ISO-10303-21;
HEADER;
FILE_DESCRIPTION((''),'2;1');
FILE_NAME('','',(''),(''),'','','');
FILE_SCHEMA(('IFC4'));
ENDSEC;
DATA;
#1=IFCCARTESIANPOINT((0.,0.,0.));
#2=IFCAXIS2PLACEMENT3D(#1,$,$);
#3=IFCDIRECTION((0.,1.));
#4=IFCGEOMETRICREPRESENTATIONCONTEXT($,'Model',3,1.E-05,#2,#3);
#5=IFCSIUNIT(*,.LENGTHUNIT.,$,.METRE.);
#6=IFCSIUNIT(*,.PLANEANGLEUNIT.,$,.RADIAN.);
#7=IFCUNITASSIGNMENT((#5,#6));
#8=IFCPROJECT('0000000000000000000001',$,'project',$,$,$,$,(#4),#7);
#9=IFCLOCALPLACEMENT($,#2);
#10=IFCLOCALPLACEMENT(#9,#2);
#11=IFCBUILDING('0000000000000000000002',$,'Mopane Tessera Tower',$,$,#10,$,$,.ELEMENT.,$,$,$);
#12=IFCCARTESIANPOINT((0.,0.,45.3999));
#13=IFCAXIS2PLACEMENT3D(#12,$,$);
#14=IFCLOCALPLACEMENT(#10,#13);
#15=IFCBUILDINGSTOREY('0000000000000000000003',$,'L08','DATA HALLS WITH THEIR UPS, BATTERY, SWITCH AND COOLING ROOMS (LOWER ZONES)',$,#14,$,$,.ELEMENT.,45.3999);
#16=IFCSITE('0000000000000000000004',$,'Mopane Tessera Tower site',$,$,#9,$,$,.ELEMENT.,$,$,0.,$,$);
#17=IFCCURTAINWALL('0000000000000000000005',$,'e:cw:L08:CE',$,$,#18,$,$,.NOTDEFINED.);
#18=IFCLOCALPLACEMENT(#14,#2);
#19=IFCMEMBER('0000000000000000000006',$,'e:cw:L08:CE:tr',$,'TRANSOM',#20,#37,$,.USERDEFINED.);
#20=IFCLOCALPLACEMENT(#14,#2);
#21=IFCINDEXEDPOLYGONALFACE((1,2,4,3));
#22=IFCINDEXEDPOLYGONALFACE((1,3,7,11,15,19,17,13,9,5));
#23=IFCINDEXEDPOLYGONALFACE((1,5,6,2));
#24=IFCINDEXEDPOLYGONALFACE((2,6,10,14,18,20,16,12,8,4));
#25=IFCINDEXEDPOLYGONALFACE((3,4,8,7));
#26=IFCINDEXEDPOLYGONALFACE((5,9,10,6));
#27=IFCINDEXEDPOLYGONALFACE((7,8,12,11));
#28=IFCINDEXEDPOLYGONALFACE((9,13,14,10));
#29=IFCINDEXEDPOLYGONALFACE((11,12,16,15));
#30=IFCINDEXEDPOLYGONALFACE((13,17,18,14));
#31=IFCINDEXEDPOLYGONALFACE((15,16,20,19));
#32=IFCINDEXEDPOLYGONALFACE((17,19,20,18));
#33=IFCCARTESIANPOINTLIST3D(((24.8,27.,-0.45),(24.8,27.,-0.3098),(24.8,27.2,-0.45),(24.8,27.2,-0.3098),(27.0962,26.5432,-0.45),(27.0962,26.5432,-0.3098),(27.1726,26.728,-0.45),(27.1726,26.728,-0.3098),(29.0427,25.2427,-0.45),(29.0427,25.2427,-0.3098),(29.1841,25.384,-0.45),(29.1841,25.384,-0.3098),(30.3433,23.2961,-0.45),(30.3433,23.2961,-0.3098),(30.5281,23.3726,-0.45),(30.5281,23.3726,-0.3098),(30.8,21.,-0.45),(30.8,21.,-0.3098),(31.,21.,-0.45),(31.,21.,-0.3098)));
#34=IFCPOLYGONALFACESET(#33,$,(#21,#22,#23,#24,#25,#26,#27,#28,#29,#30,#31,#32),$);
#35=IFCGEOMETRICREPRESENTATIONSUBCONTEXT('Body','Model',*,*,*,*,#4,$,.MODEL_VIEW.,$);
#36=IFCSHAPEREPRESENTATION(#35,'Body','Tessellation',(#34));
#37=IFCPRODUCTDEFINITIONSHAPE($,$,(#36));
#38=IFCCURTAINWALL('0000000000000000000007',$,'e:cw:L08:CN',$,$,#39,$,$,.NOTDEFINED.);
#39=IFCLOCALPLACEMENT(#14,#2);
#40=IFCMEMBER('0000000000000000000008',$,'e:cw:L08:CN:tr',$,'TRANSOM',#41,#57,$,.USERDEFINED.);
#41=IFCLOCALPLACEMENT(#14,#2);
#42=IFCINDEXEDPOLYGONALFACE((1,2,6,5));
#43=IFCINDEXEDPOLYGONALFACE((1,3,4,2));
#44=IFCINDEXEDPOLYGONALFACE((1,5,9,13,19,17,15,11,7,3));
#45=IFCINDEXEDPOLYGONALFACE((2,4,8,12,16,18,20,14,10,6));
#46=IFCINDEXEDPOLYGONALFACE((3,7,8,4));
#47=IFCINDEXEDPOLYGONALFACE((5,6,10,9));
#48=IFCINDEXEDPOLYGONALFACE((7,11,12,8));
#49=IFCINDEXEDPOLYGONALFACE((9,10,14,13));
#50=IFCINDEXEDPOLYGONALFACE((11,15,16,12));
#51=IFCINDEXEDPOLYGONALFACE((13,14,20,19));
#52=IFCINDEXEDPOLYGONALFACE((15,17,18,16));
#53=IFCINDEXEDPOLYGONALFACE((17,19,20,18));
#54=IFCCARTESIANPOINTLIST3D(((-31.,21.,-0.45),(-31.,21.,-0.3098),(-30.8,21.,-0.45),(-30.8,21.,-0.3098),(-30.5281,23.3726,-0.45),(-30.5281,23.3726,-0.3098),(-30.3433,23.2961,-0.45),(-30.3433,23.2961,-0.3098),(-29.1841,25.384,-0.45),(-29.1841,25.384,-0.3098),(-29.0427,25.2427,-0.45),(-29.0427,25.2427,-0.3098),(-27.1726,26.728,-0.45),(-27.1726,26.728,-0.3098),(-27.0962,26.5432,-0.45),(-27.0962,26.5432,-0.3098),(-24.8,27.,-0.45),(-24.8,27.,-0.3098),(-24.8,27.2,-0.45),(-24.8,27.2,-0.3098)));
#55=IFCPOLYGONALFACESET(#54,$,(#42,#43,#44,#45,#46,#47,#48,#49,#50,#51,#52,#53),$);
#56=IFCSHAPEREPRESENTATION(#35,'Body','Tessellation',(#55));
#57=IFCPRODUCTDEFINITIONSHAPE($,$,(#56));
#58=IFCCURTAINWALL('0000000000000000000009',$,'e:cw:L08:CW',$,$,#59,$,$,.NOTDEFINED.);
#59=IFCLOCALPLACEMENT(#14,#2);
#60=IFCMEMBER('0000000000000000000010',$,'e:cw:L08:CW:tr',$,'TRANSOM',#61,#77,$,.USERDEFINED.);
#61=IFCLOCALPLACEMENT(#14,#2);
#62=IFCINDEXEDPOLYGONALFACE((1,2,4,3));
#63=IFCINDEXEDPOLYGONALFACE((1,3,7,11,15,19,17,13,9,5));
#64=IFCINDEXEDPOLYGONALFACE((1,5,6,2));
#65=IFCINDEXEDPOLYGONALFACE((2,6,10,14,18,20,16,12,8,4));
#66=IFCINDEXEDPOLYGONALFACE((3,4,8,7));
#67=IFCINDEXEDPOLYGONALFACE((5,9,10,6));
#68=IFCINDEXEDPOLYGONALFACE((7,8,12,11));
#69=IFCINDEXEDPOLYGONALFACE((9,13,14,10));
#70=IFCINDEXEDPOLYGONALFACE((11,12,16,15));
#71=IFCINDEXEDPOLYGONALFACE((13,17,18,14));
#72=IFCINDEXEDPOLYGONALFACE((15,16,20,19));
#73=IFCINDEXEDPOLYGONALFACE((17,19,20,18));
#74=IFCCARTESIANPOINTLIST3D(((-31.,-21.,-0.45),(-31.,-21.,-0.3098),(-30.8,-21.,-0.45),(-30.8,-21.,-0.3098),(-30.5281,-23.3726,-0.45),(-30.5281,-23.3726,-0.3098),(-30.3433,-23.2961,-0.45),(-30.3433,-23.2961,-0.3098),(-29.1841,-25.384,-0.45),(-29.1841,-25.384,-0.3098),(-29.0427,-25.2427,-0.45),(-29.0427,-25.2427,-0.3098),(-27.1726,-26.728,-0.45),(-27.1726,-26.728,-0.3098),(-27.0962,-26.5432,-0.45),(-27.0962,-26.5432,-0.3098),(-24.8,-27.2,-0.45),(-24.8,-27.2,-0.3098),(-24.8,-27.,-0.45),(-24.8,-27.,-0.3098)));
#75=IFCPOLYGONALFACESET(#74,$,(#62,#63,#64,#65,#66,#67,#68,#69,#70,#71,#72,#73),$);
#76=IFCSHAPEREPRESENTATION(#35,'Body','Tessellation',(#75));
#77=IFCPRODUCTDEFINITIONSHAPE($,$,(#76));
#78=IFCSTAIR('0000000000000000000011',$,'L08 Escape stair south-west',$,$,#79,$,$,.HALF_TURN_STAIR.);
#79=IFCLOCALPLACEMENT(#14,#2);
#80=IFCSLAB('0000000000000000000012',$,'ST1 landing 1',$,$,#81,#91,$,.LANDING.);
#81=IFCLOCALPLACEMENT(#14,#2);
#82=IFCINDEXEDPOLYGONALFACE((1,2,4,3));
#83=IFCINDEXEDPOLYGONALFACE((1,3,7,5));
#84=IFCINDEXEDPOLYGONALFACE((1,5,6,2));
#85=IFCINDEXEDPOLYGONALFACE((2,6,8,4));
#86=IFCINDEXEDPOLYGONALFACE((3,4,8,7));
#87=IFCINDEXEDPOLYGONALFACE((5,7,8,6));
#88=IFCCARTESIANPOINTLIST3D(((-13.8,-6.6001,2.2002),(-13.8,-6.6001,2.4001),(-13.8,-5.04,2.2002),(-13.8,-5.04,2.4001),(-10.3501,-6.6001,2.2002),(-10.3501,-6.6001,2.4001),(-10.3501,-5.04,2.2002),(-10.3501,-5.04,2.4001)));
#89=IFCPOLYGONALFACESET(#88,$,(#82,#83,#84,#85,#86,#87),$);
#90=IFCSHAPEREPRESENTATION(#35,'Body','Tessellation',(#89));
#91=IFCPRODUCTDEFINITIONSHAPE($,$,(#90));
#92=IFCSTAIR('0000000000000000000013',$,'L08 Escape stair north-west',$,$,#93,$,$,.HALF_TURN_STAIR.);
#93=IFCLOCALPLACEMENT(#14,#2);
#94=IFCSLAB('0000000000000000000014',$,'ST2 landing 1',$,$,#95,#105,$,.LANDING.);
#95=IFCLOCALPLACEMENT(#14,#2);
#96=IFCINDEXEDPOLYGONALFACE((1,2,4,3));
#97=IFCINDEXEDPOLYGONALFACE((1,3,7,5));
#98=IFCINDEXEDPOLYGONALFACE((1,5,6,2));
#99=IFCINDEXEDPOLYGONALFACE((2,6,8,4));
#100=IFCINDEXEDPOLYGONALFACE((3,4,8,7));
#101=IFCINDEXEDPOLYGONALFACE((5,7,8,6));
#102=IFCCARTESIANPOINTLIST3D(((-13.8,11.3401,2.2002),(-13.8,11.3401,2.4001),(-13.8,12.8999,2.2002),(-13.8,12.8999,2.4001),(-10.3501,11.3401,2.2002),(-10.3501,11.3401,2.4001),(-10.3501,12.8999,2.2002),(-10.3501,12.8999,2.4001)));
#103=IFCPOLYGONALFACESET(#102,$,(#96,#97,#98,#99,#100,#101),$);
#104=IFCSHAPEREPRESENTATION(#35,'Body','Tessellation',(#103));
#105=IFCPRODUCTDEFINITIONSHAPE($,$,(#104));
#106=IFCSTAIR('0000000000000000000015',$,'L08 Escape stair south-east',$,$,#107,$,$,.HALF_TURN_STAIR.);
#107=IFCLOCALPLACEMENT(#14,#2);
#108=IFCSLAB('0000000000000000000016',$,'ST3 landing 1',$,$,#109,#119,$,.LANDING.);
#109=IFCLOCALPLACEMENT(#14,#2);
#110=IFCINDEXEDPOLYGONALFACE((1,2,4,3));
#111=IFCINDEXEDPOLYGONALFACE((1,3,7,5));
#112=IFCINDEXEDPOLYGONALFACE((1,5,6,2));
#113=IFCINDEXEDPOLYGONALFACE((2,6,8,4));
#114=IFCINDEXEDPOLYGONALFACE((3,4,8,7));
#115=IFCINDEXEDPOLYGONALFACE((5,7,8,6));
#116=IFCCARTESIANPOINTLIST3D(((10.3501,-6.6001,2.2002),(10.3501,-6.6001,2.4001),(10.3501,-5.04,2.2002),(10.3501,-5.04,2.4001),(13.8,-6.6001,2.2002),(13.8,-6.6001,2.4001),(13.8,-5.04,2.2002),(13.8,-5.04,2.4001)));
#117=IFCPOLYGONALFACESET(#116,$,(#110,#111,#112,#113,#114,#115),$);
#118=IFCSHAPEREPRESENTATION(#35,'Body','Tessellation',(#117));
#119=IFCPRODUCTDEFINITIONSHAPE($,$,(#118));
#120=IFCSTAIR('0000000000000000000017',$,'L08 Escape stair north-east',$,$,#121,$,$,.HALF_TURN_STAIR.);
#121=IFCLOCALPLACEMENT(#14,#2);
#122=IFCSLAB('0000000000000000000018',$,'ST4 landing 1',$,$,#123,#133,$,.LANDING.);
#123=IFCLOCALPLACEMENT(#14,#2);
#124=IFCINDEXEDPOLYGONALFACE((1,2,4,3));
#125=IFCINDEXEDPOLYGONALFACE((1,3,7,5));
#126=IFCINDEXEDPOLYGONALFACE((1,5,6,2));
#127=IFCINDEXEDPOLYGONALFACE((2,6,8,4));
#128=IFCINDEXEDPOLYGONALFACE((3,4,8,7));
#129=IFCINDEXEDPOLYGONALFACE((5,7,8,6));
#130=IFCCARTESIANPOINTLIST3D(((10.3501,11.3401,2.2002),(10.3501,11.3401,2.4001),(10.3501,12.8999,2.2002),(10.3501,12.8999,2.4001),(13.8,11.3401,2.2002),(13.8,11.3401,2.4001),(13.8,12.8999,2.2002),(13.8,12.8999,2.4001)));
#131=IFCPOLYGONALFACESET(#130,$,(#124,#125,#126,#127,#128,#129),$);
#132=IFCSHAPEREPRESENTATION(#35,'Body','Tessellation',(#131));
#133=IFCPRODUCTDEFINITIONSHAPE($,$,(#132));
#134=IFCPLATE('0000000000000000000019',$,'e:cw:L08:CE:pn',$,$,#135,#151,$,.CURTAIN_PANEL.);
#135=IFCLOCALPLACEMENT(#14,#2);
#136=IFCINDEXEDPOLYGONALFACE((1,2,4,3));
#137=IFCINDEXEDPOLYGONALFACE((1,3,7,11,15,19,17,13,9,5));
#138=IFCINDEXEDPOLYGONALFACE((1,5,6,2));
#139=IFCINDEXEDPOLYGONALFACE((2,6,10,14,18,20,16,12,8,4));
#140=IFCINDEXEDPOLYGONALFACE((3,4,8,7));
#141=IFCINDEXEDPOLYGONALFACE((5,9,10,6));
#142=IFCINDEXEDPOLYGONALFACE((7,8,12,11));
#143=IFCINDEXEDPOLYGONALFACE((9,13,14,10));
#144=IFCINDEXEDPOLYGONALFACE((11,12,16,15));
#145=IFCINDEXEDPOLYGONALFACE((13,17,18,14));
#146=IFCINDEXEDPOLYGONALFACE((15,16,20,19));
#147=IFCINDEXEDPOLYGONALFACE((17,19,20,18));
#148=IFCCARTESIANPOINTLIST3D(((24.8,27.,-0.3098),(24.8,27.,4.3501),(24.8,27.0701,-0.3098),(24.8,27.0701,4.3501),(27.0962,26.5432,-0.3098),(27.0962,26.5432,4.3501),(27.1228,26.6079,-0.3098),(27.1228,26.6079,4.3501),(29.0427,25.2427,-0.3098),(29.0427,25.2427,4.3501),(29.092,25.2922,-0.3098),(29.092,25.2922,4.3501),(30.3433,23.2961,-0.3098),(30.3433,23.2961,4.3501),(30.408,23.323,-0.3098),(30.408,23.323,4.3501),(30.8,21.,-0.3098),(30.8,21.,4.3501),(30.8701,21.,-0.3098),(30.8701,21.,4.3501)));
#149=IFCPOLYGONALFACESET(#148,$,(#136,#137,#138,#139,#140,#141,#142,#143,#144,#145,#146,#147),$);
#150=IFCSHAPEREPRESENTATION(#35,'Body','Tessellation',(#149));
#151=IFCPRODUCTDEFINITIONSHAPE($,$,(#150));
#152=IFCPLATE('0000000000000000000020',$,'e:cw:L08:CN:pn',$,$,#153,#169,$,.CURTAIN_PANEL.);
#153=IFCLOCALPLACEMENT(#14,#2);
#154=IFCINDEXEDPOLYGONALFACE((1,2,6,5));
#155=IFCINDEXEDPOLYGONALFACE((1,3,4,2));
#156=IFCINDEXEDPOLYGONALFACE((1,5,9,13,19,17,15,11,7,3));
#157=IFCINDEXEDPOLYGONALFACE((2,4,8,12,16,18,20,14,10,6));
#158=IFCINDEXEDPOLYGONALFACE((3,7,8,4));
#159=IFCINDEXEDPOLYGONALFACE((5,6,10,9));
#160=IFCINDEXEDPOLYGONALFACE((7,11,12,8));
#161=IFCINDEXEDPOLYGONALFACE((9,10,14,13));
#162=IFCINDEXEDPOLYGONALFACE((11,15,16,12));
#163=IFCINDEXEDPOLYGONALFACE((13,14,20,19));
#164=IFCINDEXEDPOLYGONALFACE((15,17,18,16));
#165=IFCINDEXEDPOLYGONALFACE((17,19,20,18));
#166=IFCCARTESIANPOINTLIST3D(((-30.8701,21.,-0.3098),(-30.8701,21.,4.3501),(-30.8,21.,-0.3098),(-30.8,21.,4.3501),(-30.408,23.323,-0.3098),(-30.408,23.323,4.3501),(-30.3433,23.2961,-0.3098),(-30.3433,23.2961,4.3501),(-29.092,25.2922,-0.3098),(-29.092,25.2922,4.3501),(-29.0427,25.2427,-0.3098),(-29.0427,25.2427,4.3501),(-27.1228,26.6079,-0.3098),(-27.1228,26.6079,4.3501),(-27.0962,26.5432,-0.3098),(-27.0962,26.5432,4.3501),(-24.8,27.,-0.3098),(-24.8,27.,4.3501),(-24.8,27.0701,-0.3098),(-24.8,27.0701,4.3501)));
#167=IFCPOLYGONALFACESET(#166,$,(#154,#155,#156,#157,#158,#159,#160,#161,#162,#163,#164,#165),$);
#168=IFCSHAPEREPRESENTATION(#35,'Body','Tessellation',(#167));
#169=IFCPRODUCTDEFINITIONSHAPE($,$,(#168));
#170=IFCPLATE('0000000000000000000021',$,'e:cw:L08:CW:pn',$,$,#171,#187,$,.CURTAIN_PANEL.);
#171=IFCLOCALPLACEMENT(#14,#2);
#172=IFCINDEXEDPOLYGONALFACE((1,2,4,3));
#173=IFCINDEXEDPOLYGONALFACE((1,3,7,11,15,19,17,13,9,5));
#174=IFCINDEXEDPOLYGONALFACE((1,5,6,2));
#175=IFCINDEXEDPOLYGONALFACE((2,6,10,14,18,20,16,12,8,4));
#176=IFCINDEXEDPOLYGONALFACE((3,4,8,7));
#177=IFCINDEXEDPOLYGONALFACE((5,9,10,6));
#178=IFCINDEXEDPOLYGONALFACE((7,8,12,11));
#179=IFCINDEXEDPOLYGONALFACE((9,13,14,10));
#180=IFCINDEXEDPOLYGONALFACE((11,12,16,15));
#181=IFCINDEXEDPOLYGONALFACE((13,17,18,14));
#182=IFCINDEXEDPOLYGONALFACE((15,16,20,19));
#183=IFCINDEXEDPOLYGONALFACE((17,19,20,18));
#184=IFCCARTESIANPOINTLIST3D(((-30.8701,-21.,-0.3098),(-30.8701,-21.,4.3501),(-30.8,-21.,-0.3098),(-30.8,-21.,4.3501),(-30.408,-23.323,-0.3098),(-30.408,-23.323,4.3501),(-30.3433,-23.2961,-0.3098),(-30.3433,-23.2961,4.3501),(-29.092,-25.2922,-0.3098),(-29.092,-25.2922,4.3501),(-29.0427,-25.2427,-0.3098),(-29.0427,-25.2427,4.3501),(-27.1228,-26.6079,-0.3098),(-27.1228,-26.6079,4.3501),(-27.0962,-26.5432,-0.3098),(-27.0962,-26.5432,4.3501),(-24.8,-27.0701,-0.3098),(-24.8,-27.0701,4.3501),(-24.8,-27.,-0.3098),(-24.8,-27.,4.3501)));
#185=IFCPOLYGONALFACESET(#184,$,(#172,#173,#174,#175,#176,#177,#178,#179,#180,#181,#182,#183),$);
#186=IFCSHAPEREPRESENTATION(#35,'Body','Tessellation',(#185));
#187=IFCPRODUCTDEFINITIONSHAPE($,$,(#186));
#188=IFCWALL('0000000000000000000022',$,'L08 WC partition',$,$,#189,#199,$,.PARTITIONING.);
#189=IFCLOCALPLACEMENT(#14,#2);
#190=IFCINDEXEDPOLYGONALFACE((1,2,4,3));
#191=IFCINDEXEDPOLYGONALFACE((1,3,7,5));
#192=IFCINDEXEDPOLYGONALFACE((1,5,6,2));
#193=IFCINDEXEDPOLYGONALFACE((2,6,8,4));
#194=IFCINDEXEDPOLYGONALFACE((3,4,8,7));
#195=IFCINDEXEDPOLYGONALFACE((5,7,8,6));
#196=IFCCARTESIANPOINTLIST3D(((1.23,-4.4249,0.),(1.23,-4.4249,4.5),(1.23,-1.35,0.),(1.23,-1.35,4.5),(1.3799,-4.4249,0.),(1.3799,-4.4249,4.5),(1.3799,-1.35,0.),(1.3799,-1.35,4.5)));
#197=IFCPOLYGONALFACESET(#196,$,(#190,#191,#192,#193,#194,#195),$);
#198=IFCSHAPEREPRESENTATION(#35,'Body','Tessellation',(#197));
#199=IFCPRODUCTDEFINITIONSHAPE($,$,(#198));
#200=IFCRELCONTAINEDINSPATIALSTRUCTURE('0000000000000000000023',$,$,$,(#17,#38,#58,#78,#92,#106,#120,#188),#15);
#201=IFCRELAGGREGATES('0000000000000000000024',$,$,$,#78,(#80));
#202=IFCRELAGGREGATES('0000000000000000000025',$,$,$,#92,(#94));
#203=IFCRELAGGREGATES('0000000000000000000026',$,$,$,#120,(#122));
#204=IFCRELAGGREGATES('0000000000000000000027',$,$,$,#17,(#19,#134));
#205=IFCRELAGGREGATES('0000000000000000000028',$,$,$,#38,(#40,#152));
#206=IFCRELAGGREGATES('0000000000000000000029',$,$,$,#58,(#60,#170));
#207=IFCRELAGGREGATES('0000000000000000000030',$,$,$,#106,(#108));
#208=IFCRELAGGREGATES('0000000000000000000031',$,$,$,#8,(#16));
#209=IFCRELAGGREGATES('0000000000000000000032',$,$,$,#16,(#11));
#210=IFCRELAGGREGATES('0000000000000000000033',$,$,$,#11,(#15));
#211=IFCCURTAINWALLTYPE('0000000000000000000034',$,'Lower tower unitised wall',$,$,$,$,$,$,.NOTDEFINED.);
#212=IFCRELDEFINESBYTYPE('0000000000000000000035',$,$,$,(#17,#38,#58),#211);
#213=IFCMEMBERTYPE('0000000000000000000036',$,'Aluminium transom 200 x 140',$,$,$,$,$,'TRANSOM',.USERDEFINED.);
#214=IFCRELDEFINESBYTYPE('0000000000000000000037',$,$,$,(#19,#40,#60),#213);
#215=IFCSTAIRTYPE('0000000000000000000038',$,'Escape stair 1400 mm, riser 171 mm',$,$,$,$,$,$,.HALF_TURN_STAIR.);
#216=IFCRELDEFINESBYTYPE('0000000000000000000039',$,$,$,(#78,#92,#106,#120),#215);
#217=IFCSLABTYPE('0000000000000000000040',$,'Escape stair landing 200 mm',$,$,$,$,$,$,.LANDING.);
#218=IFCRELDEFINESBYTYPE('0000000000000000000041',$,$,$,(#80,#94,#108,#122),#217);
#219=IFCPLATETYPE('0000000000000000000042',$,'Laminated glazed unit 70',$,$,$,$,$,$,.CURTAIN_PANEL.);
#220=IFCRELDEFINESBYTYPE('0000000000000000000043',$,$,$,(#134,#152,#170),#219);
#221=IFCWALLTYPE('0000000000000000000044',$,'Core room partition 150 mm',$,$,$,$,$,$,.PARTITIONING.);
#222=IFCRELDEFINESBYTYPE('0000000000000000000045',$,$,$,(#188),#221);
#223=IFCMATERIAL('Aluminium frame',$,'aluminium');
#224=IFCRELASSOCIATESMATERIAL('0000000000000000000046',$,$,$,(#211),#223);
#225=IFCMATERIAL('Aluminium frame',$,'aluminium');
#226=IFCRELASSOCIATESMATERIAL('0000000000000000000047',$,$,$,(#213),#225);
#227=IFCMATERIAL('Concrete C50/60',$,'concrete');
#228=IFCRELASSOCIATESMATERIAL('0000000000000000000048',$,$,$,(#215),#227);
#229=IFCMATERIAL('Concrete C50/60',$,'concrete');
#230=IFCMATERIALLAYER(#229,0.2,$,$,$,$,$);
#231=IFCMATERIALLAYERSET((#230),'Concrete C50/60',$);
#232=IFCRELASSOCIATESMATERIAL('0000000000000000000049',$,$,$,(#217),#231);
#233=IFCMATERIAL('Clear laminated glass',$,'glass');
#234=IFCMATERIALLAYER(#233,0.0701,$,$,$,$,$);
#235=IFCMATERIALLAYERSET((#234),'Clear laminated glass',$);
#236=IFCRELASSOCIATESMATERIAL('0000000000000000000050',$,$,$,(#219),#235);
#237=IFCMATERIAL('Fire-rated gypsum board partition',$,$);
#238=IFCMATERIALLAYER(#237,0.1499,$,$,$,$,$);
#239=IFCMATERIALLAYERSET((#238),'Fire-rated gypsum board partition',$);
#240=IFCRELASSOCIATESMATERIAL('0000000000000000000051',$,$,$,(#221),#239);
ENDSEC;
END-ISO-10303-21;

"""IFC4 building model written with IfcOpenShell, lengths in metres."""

from ifc_helpers import new_model, si_unit, direction, frame, frame_2d, origin, origin_2d, place, context, subcontext, project, spatial, polyline, rectangle, outline, extrude, material, layer, layer_set, material_profile, profile_set, type_object, element, aggregate, save


model = new_model("IFC4")

# Units and contexts
model_context = context("Model", 3, precision=1e-05, world=origin(), true_north=direction((0.0, 1.0)))
body_context = subcontext(model_context, "Body", "Model", "MODEL_VIEW")
ifc_project = project(units=[si_unit("LENGTHUNIT", "METRE"), si_unit("PLANEANGLEUNIT", "RADIAN")], contexts=[model_context])

# Site, building, storey
site_placement = place(None, origin())
site = spatial("IfcSite", under=ifc_project, at=site_placement, Name="Mopane Tessera Tower site", CompositionType="ELEMENT", RefElevation=0.0)
building_placement = place(site_placement, origin())
building = spatial("IfcBuilding", under=site, at=building_placement, Name="Mopane Tessera Tower", CompositionType="ELEMENT")
storey_placement = place(building_placement, frame((0.0, 0.0, 45.3999)))
storey = spatial("IfcBuildingStorey", under=building, at=storey_placement, Name="L08", Description="DATA HALLS WITH THEIR UPS, BATTERY, SWITCH AND COOLING ROOMS (LOWER ZONES)", CompositionType="ELEMENT", Elevation=45.3999)

# Curtain walls, members
ifc_material_1 = material(Name="Aluminium frame", Category="aluminium")
curtain_wall_type = type_object("IfcCurtainWallType", Name="Lower tower unitised wall", PredefinedType="NOTDEFINED", material=ifc_material_1)
curtain_wall_1_placement = place(storey_placement, origin())
curtain_wall_1 = element("IfcCurtainWall", 1, at=curtain_wall_1_placement, inside=storey, type_object=curtain_wall_type, Name="e:cw:L08:CE", PredefinedType="NOTDEFINED")
ifc_material_2 = material(Name="Aluminium frame", Category="aluminium")
ifc_material_profile = material_profile(ifc_material_2, rectangle(XDim=0.2, YDim=0.1399, at=origin_2d()))
ifc_profile_set = profile_set([ifc_material_profile], Name="Aluminium frame")
member_type = type_object("IfcMemberType", Name="Aluminium transom 200 x 140", ElementType="TRANSOM", PredefinedType="USERDEFINED", material=ifc_profile_set)
member_1_placement = place(storey_placement, frame((0.0, 0.0, -0.45)))
member_1 = element("IfcMember", 2, at=member_1_placement, type_object=member_type, Name="e:cw:L08:CE:tr", ObjectType="TRANSOM", PredefinedType="USERDEFINED", context=body_context, shape_type="SweptSolid", body=[
    extrude(outline(polyline([(30.8, 21.0), (30.3433, 23.2961), (29.0427, 25.2427), (27.0962, 26.5432), (24.8, 27.0), (24.8, 27.2), (27.1726, 26.728), (29.1841, 25.384), (30.5281, 23.3726), (31.0, 21.0), (30.8, 21.0)])), origin(), (0.0, 0.0, 1.0), 0.1401),
])
curtain_wall_2_placement = place(storey_placement, origin())
curtain_wall_2 = element("IfcCurtainWall", 3, at=curtain_wall_2_placement, inside=storey, type_object=curtain_wall_type, Name="e:cw:L08:CN", PredefinedType="NOTDEFINED")
member_2_placement = place(storey_placement, frame((0.0, 0.0, -0.45)))
member_2 = element("IfcMember", 4, at=member_2_placement, type_object=member_type, Name="e:cw:L08:CN:tr", ObjectType="TRANSOM", PredefinedType="USERDEFINED", context=body_context, shape_type="SweptSolid", body=[
    extrude(outline(polyline([(-24.8, 27.0), (-27.0962, 26.5432), (-29.0427, 25.2427), (-30.3433, 23.2961), (-30.8, 21.0), (-31.0, 21.0), (-30.5281, 23.3726), (-29.1841, 25.384), (-27.1726, 26.728), (-24.8, 27.2), (-24.8, 27.0)])), origin(), (0.0, 0.0, 1.0), 0.1401),
])
curtain_wall_3_placement = place(storey_placement, origin())
curtain_wall_3 = element("IfcCurtainWall", 5, at=curtain_wall_3_placement, inside=storey, type_object=curtain_wall_type, Name="e:cw:L08:CW", PredefinedType="NOTDEFINED")
member_3_placement = place(storey_placement, frame((0.0, 0.0, -0.45)))
member_3 = element("IfcMember", 6, at=member_3_placement, type_object=member_type, Name="e:cw:L08:CW:tr", ObjectType="TRANSOM", PredefinedType="USERDEFINED", context=body_context, shape_type="SweptSolid", body=[
    extrude(outline(polyline([(-30.8, -21.0), (-30.3433, -23.2961), (-29.0427, -25.2427), (-27.0962, -26.5432), (-24.8, -27.0), (-24.8, -27.2), (-27.1726, -26.728), (-29.1841, -25.384), (-30.5281, -23.3726), (-31.0, -21.0), (-30.8, -21.0)])), origin(), (0.0, 0.0, 1.0), 0.1401),
])

# Stairs, slabs
ifc_material_3 = material(Name="Concrete C50/60", Category="concrete")
stair_type = type_object("IfcStairType", Name="Escape stair 1400 mm, riser 171 mm", PredefinedType="HALF_TURN_STAIR", material=ifc_material_3)
stair_1_placement = place(storey_placement, origin())
stair_1 = element("IfcStair", 7, at=stair_1_placement, inside=storey, type_object=stair_type, Name="L08 Escape stair south-west", PredefinedType="HALF_TURN_STAIR")
ifc_material_4 = material(Name="Concrete C50/60", Category="concrete")
ifc_layer_1 = layer(ifc_material_4, 0.2)
ifc_layer_set_1 = layer_set([ifc_layer_1], Name="Concrete C50/60")
slab_type = type_object("IfcSlabType", Name="Escape stair landing 200 mm", PredefinedType="LANDING", material=ifc_layer_set_1)
slab_1_placement = place(storey_placement, frame((0.0, 0.0, 2.2002)))
slab_1 = element("IfcSlab", 8, at=slab_1_placement, type_object=slab_type, Name="ST1 landing 1", PredefinedType="LANDING", context=body_context, shape_type="SweptSolid", body=[
    extrude(outline(polyline([(-13.8, -5.04), (-13.8, -6.6001), (-10.3501, -6.6001), (-10.3501, -5.04), (-13.8, -5.04)])), origin(), (0.0, 0.0, 1.0), 0.2),
])
aggregate(stair_1, [slab_1])
stair_2_placement = place(storey_placement, origin())
stair_2 = element("IfcStair", 9, at=stair_2_placement, inside=storey, type_object=stair_type, Name="L08 Escape stair north-west", PredefinedType="HALF_TURN_STAIR")
slab_2_placement = place(storey_placement, frame((0.0, 0.0, 2.2002)))
slab_2 = element("IfcSlab", 10, at=slab_2_placement, type_object=slab_type, Name="ST2 landing 1", PredefinedType="LANDING", context=body_context, shape_type="SweptSolid", body=[
    extrude(outline(polyline([(-10.3501, 11.3401), (-10.3501, 12.8999), (-13.8, 12.8999), (-13.8, 11.3401), (-10.3501, 11.3401)])), origin(), (0.0, 0.0, 1.0), 0.2),
])
aggregate(stair_2, [slab_2])
stair_3_placement = place(storey_placement, origin())
stair_3 = element("IfcStair", 11, at=stair_3_placement, inside=storey, type_object=stair_type, Name="L08 Escape stair south-east", PredefinedType="HALF_TURN_STAIR")
slab_3_placement = place(storey_placement, frame((0.0, 0.0, 2.2002)))
slab_3 = element("IfcSlab", 12, at=slab_3_placement, type_object=slab_type, Name="ST3 landing 1", PredefinedType="LANDING", context=body_context, shape_type="SweptSolid", body=[
    extrude(outline(polyline([(10.3501, -5.04), (10.3501, -6.6001), (13.8, -6.6001), (13.8, -5.04), (10.3501, -5.04)])), origin(), (0.0, 0.0, 1.0), 0.2),
])
stair_4_placement = place(storey_placement, origin())
stair_4 = element("IfcStair", 13, at=stair_4_placement, inside=storey, type_object=stair_type, Name="L08 Escape stair north-east", PredefinedType="HALF_TURN_STAIR")
slab_4_placement = place(storey_placement, frame((0.0, 0.0, 2.2002)))
slab_4 = element("IfcSlab", 14, at=slab_4_placement, type_object=slab_type, Name="ST4 landing 1", PredefinedType="LANDING", context=body_context, shape_type="SweptSolid", body=[
    extrude(outline(polyline([(13.8, 11.3401), (13.8, 12.8999), (10.3501, 12.8999), (10.3501, 11.3401), (13.8, 11.3401)])), origin(), (0.0, 0.0, 1.0), 0.2),
])
aggregate(stair_4, [slab_4])

# Plates
ifc_material_5 = material(Name="Clear laminated glass", Category="glass")
ifc_layer_2 = layer(ifc_material_5, 0.0701)
ifc_layer_set_2 = layer_set([ifc_layer_2], Name="Clear laminated glass")
plate_type = type_object("IfcPlateType", Name="Laminated glazed unit 70", PredefinedType="CURTAIN_PANEL", material=ifc_layer_set_2)
plate_1_placement = place(storey_placement, frame((0.0, 0.0, -0.3098)))
plate_1 = element("IfcPlate", 15, at=plate_1_placement, type_object=plate_type, Name="e:cw:L08:CE:pn", PredefinedType="CURTAIN_PANEL", context=body_context, shape_type="SweptSolid", body=[
    extrude(outline(polyline([(30.8, 21.0), (30.3433, 23.2961), (29.0427, 25.2427), (27.0962, 26.5432), (24.8, 27.0), (24.8, 27.0701), (27.1228, 26.6079), (29.092, 25.2922), (30.408, 23.323), (30.8701, 21.0), (30.8, 21.0)])), origin(), (0.0, 0.0, 1.0), 4.6599),
])
aggregate(curtain_wall_1, [member_1, plate_1])
plate_2_placement = place(storey_placement, frame((0.0, 0.0, -0.3098)))
plate_2 = element("IfcPlate", 16, at=plate_2_placement, type_object=plate_type, Name="e:cw:L08:CN:pn", PredefinedType="CURTAIN_PANEL", context=body_context, shape_type="SweptSolid", body=[
    extrude(outline(polyline([(-24.8, 27.0), (-27.0962, 26.5432), (-29.0427, 25.2427), (-30.3433, 23.2961), (-30.8, 21.0), (-30.8701, 21.0), (-30.408, 23.323), (-29.092, 25.2922), (-27.1228, 26.6079), (-24.8, 27.0701), (-24.8, 27.0)])), origin(), (0.0, 0.0, 1.0), 4.6599),
])
aggregate(curtain_wall_2, [member_2, plate_2])
plate_3_placement = place(storey_placement, frame((0.0, 0.0, -0.3098)))
plate_3 = element("IfcPlate", 17, at=plate_3_placement, type_object=plate_type, Name="e:cw:L08:CW:pn", PredefinedType="CURTAIN_PANEL", context=body_context, shape_type="SweptSolid", body=[
    extrude(outline(polyline([(-30.8, -21.0), (-30.3433, -23.2961), (-29.0427, -25.2427), (-27.0962, -26.5432), (-24.8, -27.0), (-24.8, -27.0701), (-27.1228, -26.6079), (-29.092, -25.2922), (-30.408, -23.323), (-30.8701, -21.0), (-30.8, -21.0)])), origin(), (0.0, 0.0, 1.0), 4.6599),
])
aggregate(curtain_wall_3, [member_3, plate_3])

# Wall
ifc_material_6 = material(Name="Fire-rated gypsum board partition")
ifc_layer_3 = layer(ifc_material_6, 0.1499)
ifc_layer_set_3 = layer_set([ifc_layer_3], Name="Fire-rated gypsum board partition")
wall_type_1 = type_object("IfcWallType", Name="Core room partition 150 mm", PredefinedType="PARTITIONING", material=ifc_layer_set_3)
wall_1_placement = place(storey_placement, frame((1.3049, -4.425, 0.0), z_axis=(0.0, 0.0, 1.0), x_axis=(0.0, 1.0, 0.0)))
element("IfcWall", 18, at=wall_1_placement, inside=storey, type_object=wall_type_1, Name="L08 WC partition", PredefinedType="PARTITIONING", context=body_context, shape_type="SweptSolid", body=[
    extrude(rectangle(XDim=3.075, YDim=0.1499, at=frame_2d((1.5376, 0.0))), origin(), (0.0, 0.0, 1.0), 4.5),
])

aggregate(stair_3, [slab_3])

save(model, "model.ifc")
